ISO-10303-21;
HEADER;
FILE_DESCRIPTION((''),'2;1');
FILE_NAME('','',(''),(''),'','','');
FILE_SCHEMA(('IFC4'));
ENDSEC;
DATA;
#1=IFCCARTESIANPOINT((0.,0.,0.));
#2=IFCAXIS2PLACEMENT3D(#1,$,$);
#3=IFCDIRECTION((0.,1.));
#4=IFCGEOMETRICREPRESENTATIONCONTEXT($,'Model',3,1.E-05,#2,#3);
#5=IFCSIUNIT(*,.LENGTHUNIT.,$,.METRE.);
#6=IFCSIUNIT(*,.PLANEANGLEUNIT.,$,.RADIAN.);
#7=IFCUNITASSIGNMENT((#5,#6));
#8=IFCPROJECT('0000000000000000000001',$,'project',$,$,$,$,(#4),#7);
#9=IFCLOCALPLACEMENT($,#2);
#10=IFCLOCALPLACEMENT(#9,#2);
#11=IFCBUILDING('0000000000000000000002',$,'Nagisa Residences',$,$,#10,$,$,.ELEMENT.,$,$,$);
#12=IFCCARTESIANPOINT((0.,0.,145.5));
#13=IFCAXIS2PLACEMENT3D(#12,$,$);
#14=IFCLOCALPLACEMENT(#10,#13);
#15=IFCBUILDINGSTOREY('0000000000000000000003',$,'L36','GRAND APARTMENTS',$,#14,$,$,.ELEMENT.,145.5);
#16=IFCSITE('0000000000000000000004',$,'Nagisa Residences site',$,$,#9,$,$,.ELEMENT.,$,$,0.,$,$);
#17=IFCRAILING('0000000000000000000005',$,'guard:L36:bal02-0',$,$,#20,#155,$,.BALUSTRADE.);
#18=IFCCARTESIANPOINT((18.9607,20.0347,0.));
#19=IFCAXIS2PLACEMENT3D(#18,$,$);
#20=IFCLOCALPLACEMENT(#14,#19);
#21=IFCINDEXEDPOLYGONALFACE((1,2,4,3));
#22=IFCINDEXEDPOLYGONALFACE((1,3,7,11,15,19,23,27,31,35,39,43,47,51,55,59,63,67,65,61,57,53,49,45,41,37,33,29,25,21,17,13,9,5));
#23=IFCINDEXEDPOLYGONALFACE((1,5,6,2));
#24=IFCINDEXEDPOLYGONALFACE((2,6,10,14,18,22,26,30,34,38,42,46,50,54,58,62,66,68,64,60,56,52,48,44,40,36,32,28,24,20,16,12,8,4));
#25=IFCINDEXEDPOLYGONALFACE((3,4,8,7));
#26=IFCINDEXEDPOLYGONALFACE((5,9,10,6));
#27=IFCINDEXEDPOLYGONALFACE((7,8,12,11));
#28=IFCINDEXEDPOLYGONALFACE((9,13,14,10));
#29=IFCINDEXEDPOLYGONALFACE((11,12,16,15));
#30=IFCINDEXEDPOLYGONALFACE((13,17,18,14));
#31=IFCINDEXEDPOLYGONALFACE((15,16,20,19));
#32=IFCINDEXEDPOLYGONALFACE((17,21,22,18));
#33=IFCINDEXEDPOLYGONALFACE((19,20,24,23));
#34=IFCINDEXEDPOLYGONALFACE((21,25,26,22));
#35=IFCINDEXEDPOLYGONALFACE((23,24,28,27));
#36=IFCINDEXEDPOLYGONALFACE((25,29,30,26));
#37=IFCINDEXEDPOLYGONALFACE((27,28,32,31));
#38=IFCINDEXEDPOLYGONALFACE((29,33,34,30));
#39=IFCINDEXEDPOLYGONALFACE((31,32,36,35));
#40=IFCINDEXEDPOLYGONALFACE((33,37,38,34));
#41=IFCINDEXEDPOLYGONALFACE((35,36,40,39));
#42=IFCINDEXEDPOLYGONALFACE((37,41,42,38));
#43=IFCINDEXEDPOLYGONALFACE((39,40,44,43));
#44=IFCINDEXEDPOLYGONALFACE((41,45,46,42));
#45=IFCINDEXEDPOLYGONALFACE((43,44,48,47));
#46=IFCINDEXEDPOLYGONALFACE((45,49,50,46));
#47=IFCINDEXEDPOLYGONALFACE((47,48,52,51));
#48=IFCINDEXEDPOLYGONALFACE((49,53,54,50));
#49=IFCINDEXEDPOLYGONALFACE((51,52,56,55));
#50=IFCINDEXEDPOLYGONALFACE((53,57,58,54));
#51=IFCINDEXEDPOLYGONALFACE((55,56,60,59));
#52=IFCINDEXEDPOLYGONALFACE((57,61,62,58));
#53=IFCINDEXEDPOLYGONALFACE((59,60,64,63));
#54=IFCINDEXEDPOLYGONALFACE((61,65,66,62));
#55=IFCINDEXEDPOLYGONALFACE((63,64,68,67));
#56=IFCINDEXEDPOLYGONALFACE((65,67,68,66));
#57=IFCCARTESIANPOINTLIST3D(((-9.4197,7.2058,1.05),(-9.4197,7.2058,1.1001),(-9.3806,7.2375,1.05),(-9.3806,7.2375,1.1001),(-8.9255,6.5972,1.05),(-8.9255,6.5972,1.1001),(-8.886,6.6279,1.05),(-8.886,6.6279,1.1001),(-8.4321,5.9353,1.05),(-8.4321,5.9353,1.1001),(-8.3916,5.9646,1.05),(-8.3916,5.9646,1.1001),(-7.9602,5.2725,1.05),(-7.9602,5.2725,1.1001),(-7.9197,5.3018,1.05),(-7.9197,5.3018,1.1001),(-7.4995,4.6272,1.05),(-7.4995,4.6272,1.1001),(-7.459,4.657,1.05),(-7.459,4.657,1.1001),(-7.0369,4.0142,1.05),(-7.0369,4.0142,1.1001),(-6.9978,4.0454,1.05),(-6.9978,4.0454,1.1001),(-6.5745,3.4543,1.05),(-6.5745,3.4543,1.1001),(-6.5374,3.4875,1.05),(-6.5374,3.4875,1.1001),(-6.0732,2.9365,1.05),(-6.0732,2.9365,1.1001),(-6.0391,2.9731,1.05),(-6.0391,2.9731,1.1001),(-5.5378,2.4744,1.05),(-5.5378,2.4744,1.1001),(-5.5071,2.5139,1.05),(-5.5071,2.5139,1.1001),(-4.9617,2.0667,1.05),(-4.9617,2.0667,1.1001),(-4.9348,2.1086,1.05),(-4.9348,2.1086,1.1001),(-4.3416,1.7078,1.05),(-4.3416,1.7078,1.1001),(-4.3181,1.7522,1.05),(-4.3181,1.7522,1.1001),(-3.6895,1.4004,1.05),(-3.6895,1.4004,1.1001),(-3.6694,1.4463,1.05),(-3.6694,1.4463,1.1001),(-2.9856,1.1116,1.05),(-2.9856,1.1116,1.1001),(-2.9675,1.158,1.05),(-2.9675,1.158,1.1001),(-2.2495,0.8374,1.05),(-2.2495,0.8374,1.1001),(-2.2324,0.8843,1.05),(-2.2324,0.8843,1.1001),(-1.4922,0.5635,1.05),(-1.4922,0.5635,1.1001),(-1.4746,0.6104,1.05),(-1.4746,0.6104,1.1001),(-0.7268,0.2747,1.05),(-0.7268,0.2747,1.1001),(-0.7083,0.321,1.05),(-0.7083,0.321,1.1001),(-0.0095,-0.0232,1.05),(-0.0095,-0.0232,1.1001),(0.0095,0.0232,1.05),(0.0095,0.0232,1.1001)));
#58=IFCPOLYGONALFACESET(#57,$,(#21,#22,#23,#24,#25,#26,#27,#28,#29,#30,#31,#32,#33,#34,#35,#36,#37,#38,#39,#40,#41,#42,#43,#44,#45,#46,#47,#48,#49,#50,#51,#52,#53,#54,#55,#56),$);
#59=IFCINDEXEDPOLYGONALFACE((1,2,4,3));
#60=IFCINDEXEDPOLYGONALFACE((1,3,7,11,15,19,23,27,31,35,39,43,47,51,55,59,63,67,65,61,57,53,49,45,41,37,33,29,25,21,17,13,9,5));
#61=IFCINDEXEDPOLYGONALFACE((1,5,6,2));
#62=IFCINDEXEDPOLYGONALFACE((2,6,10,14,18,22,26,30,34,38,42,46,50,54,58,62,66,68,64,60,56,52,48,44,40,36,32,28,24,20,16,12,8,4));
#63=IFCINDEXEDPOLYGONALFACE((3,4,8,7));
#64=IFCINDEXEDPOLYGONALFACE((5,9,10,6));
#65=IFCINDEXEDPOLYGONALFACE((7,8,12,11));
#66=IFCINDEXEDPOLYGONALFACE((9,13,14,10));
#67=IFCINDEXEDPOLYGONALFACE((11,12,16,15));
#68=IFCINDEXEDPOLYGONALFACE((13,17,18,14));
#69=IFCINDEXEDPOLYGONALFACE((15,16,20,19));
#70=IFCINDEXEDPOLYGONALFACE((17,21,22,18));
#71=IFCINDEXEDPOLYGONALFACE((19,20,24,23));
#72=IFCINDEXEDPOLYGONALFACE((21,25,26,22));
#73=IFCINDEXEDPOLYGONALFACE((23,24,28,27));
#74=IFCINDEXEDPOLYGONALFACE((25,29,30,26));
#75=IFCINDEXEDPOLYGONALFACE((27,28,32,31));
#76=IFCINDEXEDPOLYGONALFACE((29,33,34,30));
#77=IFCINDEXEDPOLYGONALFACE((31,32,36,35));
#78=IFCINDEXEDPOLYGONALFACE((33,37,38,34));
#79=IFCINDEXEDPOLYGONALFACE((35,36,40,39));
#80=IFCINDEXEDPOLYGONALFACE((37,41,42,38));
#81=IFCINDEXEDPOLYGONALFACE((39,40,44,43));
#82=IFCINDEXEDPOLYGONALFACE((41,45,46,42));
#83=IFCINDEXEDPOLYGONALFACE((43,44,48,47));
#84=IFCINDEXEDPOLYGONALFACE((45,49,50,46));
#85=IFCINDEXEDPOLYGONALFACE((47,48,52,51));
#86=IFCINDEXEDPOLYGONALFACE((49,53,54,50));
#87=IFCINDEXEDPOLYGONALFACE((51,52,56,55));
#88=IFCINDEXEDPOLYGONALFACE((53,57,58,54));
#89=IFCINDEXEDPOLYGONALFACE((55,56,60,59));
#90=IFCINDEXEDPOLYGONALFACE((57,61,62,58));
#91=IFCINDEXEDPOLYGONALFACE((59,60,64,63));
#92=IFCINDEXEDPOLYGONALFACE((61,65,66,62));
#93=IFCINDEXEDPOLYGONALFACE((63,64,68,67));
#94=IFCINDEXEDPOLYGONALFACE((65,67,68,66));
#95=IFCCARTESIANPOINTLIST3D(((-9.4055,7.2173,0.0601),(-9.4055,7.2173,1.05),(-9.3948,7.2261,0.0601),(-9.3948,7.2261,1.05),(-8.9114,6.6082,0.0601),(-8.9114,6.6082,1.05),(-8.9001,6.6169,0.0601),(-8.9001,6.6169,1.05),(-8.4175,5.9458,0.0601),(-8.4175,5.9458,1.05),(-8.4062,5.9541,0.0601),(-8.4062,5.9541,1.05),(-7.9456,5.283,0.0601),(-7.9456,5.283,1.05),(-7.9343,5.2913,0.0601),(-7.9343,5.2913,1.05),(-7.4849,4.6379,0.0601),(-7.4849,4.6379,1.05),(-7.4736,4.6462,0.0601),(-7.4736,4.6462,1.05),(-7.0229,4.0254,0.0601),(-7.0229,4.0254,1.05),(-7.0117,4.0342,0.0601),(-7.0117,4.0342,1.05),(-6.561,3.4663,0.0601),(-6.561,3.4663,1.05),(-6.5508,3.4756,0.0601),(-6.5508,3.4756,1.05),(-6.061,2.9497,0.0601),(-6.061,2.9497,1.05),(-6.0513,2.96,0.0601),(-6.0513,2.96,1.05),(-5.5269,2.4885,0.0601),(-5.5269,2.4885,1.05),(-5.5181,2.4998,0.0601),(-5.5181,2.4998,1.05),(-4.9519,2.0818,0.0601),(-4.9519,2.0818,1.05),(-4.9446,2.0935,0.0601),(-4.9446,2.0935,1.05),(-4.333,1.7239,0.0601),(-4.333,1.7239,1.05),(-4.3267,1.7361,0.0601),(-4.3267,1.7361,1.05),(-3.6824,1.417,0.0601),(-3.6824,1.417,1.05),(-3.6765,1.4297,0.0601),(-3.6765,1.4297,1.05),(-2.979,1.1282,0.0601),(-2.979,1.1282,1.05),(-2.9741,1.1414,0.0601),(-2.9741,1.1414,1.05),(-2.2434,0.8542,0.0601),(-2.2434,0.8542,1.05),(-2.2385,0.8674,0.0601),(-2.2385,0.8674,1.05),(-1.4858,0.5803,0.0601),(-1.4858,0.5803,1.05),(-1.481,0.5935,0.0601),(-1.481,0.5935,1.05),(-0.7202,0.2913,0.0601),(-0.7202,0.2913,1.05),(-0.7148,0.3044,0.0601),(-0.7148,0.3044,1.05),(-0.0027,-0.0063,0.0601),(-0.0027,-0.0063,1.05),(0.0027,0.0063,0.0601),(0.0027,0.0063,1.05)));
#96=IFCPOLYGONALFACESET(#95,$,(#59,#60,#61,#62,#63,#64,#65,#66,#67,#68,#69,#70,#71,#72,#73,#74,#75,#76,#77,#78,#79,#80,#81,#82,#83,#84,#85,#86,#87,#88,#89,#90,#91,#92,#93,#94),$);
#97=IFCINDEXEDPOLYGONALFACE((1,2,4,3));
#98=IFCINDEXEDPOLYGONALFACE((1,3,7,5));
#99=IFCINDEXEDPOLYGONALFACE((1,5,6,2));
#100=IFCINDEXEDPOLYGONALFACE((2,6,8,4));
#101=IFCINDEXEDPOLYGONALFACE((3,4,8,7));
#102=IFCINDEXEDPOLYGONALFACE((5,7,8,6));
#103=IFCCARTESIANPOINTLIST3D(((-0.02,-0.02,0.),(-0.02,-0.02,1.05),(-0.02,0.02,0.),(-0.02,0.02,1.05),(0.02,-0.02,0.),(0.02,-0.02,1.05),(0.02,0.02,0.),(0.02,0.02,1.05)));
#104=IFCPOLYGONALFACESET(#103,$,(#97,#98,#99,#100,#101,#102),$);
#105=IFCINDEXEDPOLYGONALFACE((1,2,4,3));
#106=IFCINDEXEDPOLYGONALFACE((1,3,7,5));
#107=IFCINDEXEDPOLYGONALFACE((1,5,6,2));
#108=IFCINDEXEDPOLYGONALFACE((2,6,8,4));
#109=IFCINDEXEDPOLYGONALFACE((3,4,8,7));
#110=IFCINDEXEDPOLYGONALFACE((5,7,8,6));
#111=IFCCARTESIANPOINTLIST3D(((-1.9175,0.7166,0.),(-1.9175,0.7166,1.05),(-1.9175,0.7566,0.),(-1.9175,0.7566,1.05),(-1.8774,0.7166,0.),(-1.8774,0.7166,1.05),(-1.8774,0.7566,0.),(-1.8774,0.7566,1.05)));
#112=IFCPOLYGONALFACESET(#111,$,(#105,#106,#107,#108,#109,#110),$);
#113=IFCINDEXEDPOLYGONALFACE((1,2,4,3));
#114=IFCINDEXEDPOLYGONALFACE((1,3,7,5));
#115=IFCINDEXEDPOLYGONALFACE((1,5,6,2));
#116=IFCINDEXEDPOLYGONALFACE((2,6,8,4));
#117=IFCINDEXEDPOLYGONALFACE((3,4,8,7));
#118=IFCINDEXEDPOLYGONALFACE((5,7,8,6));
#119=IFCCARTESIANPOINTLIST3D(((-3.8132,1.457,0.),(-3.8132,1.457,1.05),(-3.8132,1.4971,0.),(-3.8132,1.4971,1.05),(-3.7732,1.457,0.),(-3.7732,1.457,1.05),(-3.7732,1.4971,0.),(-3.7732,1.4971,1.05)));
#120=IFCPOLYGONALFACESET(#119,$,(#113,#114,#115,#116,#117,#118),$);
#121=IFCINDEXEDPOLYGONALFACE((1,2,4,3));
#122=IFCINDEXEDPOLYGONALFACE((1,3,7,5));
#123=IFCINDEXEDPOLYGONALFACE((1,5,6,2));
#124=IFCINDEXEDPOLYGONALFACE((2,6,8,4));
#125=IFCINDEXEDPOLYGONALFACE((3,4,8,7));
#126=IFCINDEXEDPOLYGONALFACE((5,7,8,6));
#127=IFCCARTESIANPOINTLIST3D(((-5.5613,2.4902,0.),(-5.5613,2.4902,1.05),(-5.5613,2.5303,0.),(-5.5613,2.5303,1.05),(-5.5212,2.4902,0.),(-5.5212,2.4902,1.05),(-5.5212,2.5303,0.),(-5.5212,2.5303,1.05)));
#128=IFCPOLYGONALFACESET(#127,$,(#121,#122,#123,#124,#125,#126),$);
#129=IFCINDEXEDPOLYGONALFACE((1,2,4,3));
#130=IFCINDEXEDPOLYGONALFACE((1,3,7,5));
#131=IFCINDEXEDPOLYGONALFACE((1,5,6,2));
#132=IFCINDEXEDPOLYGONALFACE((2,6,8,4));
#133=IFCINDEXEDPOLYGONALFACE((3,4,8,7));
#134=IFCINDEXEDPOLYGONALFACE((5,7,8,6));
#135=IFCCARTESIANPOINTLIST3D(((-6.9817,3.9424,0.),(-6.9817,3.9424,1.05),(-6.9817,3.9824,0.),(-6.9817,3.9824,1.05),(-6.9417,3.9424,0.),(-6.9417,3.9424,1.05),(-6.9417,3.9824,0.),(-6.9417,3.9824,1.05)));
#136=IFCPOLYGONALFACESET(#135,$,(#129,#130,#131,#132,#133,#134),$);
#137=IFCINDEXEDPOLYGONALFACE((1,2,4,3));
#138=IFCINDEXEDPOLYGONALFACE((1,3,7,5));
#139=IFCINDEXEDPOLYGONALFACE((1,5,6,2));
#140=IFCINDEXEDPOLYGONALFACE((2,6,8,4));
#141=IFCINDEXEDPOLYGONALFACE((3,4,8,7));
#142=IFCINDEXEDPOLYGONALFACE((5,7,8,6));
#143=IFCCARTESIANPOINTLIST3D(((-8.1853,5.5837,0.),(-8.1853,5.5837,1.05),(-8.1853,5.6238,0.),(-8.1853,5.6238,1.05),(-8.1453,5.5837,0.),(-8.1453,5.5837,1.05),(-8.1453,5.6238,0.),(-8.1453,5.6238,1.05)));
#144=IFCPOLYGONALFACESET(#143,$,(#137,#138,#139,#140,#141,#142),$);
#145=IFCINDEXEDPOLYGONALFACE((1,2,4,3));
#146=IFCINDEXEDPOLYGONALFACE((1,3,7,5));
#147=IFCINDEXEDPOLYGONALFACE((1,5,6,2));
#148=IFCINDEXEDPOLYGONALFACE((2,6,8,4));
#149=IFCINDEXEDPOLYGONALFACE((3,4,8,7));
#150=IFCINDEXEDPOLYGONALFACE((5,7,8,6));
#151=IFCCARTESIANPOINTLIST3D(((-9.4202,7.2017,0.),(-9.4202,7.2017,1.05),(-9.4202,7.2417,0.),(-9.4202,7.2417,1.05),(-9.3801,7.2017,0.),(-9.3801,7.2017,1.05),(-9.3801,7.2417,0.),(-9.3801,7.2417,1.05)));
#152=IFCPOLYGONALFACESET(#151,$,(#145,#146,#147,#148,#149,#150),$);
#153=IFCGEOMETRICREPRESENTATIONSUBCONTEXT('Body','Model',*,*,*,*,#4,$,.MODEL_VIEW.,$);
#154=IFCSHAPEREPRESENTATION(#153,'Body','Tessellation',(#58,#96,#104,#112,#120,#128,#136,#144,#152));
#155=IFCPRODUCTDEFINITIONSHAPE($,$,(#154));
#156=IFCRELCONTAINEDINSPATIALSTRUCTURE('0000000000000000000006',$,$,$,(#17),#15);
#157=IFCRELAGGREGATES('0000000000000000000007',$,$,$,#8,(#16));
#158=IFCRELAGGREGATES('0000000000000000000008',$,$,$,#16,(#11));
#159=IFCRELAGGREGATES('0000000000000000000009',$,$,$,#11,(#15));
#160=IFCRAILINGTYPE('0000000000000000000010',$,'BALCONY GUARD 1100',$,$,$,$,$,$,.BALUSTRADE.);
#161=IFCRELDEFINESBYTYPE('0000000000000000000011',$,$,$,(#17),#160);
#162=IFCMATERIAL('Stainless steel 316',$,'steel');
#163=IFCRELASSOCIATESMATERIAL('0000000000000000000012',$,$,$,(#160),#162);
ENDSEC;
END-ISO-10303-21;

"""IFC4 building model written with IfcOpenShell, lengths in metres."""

from ifc_helpers import new_model, si_unit, direction, frame, origin, origin_2d, place, context, subcontext, project, spatial, polyline, rectangle, outline, extrude, material, type_object, element, save


model = new_model("IFC4")

# Units and contexts
model_context = context("Model", 3, precision=1e-05, world=origin(), true_north=direction((0.0, 1.0)))
body_context = subcontext(model_context, "Body", "Model", "MODEL_VIEW")
ifc_project = project(units=[si_unit("LENGTHUNIT", "METRE"), si_unit("PLANEANGLEUNIT", "RADIAN")], contexts=[model_context])

# Site, building, storey
site_placement = place(None, origin())
site = spatial("IfcSite", under=ifc_project, at=site_placement, Name="Nagisa Residences site", CompositionType="ELEMENT", RefElevation=0.0)
building_placement = place(site_placement, origin())
building = spatial("IfcBuilding", under=site, at=building_placement, Name="Nagisa Residences", CompositionType="ELEMENT")
storey_placement = place(building_placement, frame((0.0, 0.0, 145.5)))
storey = spatial("IfcBuildingStorey", under=building, at=storey_placement, Name="L36", Description="GRAND APARTMENTS", CompositionType="ELEMENT", Elevation=145.5)

# Railing
ifc_material_1 = material(Name="Stainless steel 316", Category="steel")
railing_type = type_object("IfcRailingType", Name="BALCONY GUARD 1100", PredefinedType="BALUSTRADE", material=ifc_material_1)
railing_placement = place(storey_placement, frame((18.9607, 20.0347, 0.0)))
element("IfcRailing", 1, at=railing_placement, inside=storey, type_object=railing_type, Name="guard:L36:bal02-0", PredefinedType="BALUSTRADE", context=body_context, shape_type="SweptSolid", body=[
    extrude(outline(polyline([(-0.7268, 0.2747), (-0.0095, -0.0232), (0.0095, 0.0232), (-0.7083, 0.321), (-1.4746, 0.6104), (-2.2324, 0.8843), (-2.9675, 1.158), (-3.6694, 1.4463), (-4.3181, 1.7522), (-4.9348, 2.1086), (-5.5071, 2.5139), (-6.0391, 2.9731), (-6.5374, 3.4875), (-6.9978, 4.0454), (-7.459, 4.657), (-7.9197, 5.3018), (-8.3916, 5.9646), (-8.886, 6.6279), (-9.3806, 7.2375), (-9.4197, 7.2058), (-8.9255, 6.5972), (-8.4321, 5.9353), (-7.9602, 5.2725), (-7.4995, 4.6272), (-7.0369, 4.0142), (-6.5745, 3.4543), (-6.0732, 2.9365), (-5.5378, 2.4744), (-4.9617, 2.0667), (-4.3416, 1.7078), (-3.6895, 1.4004), (-2.9856, 1.1116), (-2.2495, 0.8374), (-1.4922, 0.5635), (-0.7268, 0.2747)])), frame((0.0, 0.0, 1.05)), (0.0, 0.0, 1.0), 0.05),
    extrude(outline(polyline([(-0.7202, 0.2913), (-0.0027, -0.0063), (0.0027, 0.0063), (-0.7148, 0.3044), (-1.481, 0.5935), (-2.2385, 0.8674), (-2.9741, 1.1414), (-3.6765, 1.4297), (-4.3267, 1.7361), (-4.9446, 2.0935), (-5.5181, 2.4998), (-6.0513, 2.96), (-6.5508, 3.4756), (-7.0117, 4.0342), (-7.4736, 4.6462), (-7.9343, 5.2913), (-8.4062, 5.9541), (-8.9001, 6.6169), (-9.3948, 7.2261), (-9.4055, 7.2173), (-8.9114, 6.6082), (-8.4175, 5.9458), (-7.9456, 5.283), (-7.4849, 4.6379), (-7.0229, 4.0254), (-6.561, 3.4663), (-6.061, 2.9497), (-5.5269, 2.4885), (-4.9519, 2.0818), (-4.333, 1.7239), (-3.6824, 1.417), (-2.979, 1.1282), (-2.2434, 0.8542), (-1.4858, 0.5803), (-0.7202, 0.2913)])), frame((0.0, 0.0, 0.0601)), (0.0, 0.0, 1.0), 0.99),
    extrude(rectangle(XDim=0.04, YDim=0.04, at=origin_2d()), origin(), (0.0, 0.0, 1.0), 1.05),
    extrude(rectangle(XDim=0.04, YDim=0.04, at=origin_2d()), frame((-1.8975, 0.7366, 0.0)), (0.0, 0.0, 1.0), 1.05),
    extrude(rectangle(XDim=0.04, YDim=0.04, at=origin_2d()), frame((-3.7932, 1.4771, 0.0)), (0.0, 0.0, 1.0), 1.05),
    extrude(rectangle(XDim=0.04, YDim=0.04, at=origin_2d()), frame((-5.5413, 2.5103, 0.0)), (0.0, 0.0, 1.0), 1.05),
    extrude(rectangle(XDim=0.04, YDim=0.04, at=origin_2d()), frame((-6.9617, 3.9624, 0.0)), (0.0, 0.0, 1.0), 1.05),
    extrude(rectangle(XDim=0.04, YDim=0.04, at=origin_2d()), frame((-8.1653, 5.6038, 0.0)), (0.0, 0.0, 1.0), 1.05),
    extrude(rectangle(XDim=0.04, YDim=0.04, at=origin_2d()), frame((-9.4001, 7.2217, 0.0)), (0.0, 0.0, 1.0), 1.05),
])

save(model, "model.ifc")
